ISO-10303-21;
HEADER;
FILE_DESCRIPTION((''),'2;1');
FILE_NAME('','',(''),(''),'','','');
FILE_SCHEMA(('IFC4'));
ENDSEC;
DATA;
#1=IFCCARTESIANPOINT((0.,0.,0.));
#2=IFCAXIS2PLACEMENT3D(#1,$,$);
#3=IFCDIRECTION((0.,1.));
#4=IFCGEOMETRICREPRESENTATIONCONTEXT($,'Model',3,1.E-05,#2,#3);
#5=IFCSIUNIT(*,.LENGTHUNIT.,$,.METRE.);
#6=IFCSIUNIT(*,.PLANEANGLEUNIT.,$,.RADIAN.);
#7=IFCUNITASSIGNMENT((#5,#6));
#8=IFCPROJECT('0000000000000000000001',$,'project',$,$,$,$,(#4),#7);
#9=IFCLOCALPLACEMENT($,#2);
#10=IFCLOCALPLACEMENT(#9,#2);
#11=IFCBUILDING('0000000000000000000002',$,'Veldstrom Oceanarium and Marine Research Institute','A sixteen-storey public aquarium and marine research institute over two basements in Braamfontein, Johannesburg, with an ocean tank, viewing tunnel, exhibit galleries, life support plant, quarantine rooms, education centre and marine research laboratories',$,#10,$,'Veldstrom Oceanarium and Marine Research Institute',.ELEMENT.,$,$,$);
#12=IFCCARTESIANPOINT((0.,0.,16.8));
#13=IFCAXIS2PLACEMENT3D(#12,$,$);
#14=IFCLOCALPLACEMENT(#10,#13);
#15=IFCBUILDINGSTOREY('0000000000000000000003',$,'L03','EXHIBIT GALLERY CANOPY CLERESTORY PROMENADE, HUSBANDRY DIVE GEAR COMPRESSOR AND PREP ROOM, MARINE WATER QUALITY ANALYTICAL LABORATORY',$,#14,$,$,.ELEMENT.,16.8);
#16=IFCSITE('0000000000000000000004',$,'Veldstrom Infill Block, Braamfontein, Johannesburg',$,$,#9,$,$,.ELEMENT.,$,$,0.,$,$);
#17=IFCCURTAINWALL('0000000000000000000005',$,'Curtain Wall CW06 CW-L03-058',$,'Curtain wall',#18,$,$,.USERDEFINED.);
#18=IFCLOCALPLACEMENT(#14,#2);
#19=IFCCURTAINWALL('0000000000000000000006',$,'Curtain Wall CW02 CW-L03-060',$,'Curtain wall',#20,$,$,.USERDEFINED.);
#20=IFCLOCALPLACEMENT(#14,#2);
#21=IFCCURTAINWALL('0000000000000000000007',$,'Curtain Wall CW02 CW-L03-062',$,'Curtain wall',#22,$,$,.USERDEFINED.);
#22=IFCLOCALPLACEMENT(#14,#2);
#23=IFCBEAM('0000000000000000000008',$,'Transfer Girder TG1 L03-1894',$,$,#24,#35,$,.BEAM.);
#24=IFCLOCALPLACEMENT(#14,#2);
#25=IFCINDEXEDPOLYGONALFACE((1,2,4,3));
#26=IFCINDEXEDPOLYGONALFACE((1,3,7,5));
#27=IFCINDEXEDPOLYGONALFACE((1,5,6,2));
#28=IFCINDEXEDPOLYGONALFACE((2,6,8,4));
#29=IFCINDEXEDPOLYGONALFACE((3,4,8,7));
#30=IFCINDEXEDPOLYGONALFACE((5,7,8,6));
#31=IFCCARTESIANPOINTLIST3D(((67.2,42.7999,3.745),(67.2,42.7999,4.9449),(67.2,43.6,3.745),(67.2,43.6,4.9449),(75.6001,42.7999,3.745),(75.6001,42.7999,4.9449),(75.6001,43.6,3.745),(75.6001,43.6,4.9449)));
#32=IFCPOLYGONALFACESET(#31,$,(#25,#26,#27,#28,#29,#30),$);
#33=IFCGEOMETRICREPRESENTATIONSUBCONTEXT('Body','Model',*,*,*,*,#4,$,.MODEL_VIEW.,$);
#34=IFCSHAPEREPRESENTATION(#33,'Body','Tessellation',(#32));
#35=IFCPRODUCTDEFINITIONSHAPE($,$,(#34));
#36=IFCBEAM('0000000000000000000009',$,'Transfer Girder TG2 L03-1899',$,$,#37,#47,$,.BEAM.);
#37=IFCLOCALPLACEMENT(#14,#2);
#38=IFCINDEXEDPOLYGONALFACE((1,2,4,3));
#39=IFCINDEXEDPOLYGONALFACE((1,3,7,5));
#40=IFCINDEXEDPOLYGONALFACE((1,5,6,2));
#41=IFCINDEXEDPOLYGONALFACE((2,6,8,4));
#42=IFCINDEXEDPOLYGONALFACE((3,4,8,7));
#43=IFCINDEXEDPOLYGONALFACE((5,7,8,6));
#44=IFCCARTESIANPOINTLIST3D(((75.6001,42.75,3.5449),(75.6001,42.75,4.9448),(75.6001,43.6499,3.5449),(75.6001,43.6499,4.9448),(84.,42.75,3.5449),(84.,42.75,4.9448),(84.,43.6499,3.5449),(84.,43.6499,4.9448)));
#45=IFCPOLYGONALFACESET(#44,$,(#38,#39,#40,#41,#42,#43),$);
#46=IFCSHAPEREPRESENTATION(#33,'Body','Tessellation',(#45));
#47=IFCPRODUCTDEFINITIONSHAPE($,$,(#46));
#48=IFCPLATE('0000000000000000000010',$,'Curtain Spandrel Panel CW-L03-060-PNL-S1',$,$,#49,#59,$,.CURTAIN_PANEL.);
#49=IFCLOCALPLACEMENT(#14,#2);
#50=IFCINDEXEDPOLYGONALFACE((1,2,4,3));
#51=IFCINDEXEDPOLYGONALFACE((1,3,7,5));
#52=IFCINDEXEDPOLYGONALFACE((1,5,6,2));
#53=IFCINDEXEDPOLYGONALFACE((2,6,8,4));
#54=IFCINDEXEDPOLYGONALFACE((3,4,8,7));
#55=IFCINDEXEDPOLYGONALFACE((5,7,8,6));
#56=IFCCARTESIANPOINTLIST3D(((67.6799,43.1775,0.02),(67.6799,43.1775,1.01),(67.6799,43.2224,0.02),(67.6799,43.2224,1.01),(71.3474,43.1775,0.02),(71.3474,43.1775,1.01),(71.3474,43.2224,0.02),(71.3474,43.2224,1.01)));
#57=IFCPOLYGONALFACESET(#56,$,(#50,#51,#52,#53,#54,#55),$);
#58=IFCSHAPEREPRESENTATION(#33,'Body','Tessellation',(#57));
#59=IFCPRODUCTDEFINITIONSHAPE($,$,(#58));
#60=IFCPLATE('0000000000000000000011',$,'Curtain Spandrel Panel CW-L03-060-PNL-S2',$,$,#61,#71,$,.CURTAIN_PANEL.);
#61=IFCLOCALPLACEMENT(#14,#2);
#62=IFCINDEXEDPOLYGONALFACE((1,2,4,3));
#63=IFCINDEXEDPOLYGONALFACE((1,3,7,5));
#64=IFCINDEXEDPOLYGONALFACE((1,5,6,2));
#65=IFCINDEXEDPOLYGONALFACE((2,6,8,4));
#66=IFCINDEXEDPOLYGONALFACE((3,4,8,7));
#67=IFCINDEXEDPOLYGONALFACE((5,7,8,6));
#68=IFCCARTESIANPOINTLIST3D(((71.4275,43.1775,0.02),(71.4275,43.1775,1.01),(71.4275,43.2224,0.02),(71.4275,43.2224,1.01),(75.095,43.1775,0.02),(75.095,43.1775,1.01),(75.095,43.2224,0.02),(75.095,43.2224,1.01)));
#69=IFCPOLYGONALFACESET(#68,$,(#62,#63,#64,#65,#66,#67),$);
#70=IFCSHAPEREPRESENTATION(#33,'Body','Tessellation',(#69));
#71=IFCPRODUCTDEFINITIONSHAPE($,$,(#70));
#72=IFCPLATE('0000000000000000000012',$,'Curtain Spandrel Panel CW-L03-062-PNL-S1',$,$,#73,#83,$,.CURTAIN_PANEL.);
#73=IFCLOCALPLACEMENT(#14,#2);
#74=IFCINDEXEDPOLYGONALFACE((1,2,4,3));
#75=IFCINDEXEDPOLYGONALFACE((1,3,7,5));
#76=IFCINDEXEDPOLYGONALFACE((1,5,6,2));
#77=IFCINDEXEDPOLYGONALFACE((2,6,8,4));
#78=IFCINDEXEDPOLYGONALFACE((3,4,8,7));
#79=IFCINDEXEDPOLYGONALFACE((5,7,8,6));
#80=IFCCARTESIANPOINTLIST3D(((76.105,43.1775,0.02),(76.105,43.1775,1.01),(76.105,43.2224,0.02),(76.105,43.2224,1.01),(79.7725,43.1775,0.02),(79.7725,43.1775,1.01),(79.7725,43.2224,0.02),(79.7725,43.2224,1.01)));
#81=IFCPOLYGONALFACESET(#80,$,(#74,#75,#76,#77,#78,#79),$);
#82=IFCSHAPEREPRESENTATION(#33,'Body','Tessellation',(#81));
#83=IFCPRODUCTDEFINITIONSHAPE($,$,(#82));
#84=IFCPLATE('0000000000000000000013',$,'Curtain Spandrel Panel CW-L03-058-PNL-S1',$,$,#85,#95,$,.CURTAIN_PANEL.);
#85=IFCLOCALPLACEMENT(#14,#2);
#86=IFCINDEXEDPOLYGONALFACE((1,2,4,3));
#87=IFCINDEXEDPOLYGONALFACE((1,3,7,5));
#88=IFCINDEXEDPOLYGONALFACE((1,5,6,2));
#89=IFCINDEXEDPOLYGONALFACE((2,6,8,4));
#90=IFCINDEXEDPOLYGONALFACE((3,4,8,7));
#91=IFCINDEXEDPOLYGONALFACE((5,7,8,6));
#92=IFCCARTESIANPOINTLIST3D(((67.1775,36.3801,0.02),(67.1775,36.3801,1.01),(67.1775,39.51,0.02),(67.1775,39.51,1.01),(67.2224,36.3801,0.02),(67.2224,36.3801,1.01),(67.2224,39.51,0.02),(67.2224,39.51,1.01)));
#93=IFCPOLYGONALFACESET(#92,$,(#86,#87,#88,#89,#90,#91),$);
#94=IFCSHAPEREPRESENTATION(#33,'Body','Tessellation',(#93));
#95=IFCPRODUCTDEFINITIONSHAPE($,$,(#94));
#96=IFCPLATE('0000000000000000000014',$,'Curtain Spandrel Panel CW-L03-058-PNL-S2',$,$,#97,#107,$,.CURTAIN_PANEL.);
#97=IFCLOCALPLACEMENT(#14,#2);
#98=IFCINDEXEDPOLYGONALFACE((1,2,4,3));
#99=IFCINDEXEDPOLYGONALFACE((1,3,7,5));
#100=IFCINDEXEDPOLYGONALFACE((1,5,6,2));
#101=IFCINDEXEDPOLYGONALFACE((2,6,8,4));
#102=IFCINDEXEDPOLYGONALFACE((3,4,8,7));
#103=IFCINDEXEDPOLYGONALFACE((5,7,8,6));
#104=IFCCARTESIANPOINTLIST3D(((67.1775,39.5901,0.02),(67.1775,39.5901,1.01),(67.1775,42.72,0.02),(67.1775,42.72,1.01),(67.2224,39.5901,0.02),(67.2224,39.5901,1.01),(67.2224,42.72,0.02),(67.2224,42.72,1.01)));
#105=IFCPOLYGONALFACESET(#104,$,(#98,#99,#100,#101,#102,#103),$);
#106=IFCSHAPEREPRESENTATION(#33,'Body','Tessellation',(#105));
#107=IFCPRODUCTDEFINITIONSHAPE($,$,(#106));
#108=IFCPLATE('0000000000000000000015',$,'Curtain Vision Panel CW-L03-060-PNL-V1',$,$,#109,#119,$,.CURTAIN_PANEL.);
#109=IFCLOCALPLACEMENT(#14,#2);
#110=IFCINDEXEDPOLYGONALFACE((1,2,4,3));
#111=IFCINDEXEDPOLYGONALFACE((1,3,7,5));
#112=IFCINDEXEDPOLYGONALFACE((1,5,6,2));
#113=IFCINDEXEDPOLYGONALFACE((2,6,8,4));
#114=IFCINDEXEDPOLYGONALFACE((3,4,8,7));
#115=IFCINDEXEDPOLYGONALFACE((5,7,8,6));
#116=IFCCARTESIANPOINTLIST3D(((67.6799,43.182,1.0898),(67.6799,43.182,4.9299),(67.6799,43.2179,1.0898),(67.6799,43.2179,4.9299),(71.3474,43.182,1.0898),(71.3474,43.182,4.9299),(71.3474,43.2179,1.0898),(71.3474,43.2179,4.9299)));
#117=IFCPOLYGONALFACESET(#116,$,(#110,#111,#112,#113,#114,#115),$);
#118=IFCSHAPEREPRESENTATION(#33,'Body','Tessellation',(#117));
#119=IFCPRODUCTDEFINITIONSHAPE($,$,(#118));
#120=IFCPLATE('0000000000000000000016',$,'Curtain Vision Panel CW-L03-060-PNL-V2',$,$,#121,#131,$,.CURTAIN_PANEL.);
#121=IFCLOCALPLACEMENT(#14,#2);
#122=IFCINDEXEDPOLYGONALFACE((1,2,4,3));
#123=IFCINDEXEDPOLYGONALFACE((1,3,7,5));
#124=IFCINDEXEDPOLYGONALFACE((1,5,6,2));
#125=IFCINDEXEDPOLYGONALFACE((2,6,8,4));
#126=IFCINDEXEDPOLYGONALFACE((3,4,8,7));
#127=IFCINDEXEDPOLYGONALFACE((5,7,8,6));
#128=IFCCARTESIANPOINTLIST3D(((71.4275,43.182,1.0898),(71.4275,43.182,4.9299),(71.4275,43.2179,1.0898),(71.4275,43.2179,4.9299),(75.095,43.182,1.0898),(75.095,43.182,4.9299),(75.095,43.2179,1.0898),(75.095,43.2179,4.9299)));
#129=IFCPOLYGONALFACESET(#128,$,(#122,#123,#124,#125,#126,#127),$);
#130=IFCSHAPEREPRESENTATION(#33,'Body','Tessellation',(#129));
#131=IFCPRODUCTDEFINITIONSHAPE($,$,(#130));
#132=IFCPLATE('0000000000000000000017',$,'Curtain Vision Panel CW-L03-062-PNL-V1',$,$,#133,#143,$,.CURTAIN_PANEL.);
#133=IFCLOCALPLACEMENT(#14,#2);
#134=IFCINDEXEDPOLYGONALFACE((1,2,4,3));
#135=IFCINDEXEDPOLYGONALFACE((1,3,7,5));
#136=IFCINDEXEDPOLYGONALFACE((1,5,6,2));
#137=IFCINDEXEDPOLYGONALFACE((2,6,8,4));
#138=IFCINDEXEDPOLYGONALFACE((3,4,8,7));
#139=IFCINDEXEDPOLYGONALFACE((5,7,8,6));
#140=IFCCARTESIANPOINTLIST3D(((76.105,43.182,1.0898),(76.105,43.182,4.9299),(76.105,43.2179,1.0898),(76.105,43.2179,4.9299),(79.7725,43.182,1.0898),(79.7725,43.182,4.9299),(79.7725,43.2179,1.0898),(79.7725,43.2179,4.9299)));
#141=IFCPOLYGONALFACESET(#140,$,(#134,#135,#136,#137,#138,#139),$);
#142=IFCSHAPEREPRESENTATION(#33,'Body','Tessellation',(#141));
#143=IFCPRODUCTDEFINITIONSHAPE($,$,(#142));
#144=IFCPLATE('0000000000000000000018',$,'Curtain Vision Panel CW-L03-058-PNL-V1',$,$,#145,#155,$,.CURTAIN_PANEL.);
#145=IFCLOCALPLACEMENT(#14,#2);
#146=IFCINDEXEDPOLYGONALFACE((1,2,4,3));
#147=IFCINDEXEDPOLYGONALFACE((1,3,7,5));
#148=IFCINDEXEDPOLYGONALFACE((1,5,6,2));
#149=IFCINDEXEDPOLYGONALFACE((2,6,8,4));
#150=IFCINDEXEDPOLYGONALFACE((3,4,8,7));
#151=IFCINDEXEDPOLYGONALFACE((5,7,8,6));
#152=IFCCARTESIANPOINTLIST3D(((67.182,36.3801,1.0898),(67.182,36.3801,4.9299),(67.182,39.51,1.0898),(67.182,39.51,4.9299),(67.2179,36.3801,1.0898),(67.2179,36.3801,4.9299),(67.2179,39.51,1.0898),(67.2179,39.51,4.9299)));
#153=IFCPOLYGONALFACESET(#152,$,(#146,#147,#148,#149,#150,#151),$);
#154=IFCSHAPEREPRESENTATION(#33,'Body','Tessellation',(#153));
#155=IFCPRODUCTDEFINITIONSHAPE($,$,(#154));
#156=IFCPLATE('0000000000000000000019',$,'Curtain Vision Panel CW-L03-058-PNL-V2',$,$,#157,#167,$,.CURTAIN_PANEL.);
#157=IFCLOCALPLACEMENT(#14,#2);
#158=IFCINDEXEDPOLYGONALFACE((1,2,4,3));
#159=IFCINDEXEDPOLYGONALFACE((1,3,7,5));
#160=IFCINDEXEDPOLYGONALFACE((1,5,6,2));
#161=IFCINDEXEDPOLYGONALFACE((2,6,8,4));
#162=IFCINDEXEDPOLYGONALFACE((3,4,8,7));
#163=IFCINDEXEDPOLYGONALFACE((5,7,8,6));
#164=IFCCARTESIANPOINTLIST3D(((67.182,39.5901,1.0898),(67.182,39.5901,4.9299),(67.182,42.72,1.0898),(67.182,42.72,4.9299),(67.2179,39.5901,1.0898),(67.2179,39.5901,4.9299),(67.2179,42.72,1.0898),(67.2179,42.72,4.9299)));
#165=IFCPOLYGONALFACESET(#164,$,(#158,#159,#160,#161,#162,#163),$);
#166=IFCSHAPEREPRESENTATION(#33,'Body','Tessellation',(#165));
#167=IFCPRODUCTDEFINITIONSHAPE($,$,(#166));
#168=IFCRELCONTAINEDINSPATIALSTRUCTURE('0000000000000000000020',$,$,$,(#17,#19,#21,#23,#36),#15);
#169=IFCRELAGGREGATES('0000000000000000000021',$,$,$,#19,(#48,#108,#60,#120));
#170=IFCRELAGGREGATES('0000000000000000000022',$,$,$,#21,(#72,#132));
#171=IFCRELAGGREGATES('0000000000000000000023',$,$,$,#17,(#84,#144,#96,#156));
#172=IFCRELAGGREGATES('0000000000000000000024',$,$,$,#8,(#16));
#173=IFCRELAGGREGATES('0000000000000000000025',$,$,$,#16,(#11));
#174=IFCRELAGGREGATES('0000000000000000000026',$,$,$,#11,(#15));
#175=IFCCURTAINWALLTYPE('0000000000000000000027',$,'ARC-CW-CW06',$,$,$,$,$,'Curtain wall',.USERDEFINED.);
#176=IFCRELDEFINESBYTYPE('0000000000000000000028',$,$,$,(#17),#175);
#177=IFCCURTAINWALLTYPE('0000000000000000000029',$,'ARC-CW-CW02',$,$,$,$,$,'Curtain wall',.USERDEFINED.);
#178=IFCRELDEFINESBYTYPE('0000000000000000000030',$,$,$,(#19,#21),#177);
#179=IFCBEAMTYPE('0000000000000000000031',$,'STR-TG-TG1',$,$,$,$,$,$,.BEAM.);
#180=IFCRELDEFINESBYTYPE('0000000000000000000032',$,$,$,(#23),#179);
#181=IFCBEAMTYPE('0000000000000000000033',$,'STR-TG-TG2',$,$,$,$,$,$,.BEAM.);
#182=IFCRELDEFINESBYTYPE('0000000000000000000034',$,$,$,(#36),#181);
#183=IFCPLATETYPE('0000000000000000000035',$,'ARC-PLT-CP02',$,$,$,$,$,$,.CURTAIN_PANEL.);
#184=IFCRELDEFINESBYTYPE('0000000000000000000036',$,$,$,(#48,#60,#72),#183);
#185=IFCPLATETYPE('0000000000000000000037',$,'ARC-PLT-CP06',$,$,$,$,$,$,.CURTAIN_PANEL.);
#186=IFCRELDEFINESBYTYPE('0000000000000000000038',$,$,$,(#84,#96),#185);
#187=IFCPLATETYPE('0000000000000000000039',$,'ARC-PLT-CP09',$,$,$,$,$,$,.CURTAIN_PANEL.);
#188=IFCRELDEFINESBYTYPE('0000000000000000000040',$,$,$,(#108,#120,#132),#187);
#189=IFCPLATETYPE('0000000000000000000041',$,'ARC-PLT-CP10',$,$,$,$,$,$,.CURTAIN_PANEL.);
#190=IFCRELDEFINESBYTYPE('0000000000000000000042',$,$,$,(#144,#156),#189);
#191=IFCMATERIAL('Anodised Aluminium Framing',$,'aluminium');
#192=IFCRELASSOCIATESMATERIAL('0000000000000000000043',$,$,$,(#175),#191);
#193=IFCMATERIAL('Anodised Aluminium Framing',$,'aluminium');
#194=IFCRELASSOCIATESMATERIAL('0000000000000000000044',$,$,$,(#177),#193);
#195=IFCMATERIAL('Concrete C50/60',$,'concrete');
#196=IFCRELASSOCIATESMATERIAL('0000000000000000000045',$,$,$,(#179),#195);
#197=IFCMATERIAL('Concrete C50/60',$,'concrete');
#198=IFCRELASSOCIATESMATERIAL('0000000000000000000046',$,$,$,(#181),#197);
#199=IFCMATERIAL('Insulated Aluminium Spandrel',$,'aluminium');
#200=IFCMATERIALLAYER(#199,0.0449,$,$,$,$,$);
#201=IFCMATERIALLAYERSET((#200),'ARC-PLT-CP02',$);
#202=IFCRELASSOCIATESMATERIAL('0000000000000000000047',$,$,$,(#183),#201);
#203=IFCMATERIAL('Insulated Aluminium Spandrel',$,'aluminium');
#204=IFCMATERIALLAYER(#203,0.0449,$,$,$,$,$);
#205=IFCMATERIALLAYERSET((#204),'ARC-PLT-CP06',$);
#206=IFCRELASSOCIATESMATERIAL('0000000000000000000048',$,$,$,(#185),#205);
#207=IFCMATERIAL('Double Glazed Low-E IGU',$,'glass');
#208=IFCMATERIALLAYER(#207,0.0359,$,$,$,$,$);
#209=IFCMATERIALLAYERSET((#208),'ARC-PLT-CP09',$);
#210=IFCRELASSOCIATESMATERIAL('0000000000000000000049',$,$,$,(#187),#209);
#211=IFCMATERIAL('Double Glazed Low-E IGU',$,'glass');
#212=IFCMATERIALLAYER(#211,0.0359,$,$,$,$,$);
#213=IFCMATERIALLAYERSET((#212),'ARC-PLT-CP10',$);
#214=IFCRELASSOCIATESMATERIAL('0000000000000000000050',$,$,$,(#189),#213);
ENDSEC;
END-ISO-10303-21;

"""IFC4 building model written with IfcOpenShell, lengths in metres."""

from ifc_helpers import new_model, si_unit, direction, frame, origin, origin_2d, place, context, subcontext, project, spatial, rectangle, extrude, material, layer, layer_set, material_profile, profile_set, type_object, element, aggregate, save


model = new_model("IFC4")

# Units and contexts
model_context = context("Model", 3, precision=1e-05, world=origin(), true_north=direction((0.0, 1.0)))
body_context = subcontext(model_context, "Body", "Model", "MODEL_VIEW")
ifc_project = project(units=[si_unit("LENGTHUNIT", "METRE"), si_unit("PLANEANGLEUNIT", "RADIAN")], contexts=[model_context])

# Site, building, storey
site_placement = place(None, origin())
site = spatial("IfcSite", under=ifc_project, at=site_placement, Name="Veldstrom Infill Block, Braamfontein, Johannesburg", CompositionType="ELEMENT", RefElevation=0.0)
building_placement = place(site_placement, origin())
building = spatial("IfcBuilding", under=site, at=building_placement, Name="Veldstrom Oceanarium and Marine Research Institute", Description="A sixteen-storey public aquarium and marine research institute over two basements in Braamfontein, Johannesburg, with an ocean tank, viewing tunnel, exhibit galleries, life support plant, quarantine rooms, education centre and marine research laboratories", LongName="Veldstrom Oceanarium and Marine Research Institute", CompositionType="ELEMENT")
storey_placement = place(building_placement, frame((0.0, 0.0, 16.8)))
storey = spatial("IfcBuildingStorey", under=building, at=storey_placement, Name="L03", Description="EXHIBIT GALLERY CANOPY CLERESTORY PROMENADE, HUSBANDRY DIVE GEAR COMPRESSOR AND PREP ROOM, MARINE WATER QUALITY ANALYTICAL LABORATORY", CompositionType="ELEMENT", Elevation=16.8)

# Curtain walls
ifc_material_1 = material(Name="Anodised Aluminium Framing", Category="aluminium")
curtain_wall_type_1 = type_object("IfcCurtainWallType", Name="ARC-CW-CW06", ElementType="Curtain wall", PredefinedType="USERDEFINED", material=ifc_material_1)
curtain_wall_1_placement = place(storey_placement, origin())
curtain_wall_1 = element("IfcCurtainWall", 1, at=curtain_wall_1_placement, inside=storey, type_object=curtain_wall_type_1, Name="Curtain Wall CW06 CW-L03-058", ObjectType="Curtain wall", PredefinedType="USERDEFINED")
ifc_material_2 = material(Name="Anodised Aluminium Framing", Category="aluminium")
curtain_wall_type_2 = type_object("IfcCurtainWallType", Name="ARC-CW-CW02", ElementType="Curtain wall", PredefinedType="USERDEFINED", material=ifc_material_2)
curtain_wall_2_placement = place(storey_placement, origin())
curtain_wall_2 = element("IfcCurtainWall", 2, at=curtain_wall_2_placement, inside=storey, type_object=curtain_wall_type_2, Name="Curtain Wall CW02 CW-L03-060", ObjectType="Curtain wall", PredefinedType="USERDEFINED")
curtain_wall_3_placement = place(storey_placement, origin())
curtain_wall_3 = element("IfcCurtainWall", 3, at=curtain_wall_3_placement, inside=storey, type_object=curtain_wall_type_2, Name="Curtain Wall CW02 CW-L03-062", ObjectType="Curtain wall", PredefinedType="USERDEFINED")

# Beams
ifc_material_3 = material(Name="Concrete C50/60", Category="concrete")
ifc_material_profile_1 = material_profile(ifc_material_3, rectangle(XDim=0.8, YDim=1.2, at=origin_2d()), Name="RC-TG-800x1200")
ifc_profile_set_1 = profile_set([ifc_material_profile_1], Name="Concrete C50/60")
beam_type_1 = type_object("IfcBeamType", Name="STR-TG-TG1", PredefinedType="BEAM", material=ifc_profile_set_1)
beam_1_placement = place(storey_placement, frame((67.2, 43.2, 4.345), z_axis=(1.0, 0.0, 0.0), x_axis=(0.0, 1.0, 0.0)))
element("IfcBeam", 4, at=beam_1_placement, inside=storey, type_object=beam_type_1, Name="Transfer Girder TG1 L03-1894", PredefinedType="BEAM", context=body_context, shape_type="SweptSolid", body=[
    extrude(rectangle(XDim=0.8, YDim=1.2, at=origin_2d()), origin(), (0.0, 0.0, 1.0), 8.4001),
])
ifc_material_4 = material(Name="Concrete C50/60", Category="concrete")
ifc_material_profile_2 = material_profile(ifc_material_4, rectangle(XDim=0.8999, YDim=1.3999, at=origin_2d()), Name="RC-TG-900x1400")
ifc_profile_set_2 = profile_set([ifc_material_profile_2], Name="Concrete C50/60")
beam_type_2 = type_object("IfcBeamType", Name="STR-TG-TG2", PredefinedType="BEAM", material=ifc_profile_set_2)
beam_2_placement = place(storey_placement, frame((75.6001, 43.2, 4.2449), z_axis=(1.0, 0.0, 0.0), x_axis=(0.0, 1.0, 0.0)))
element("IfcBeam", 5, at=beam_2_placement, inside=storey, type_object=beam_type_2, Name="Transfer Girder TG2 L03-1899", PredefinedType="BEAM", context=body_context, shape_type="SweptSolid", body=[
    extrude(rectangle(XDim=0.8999, YDim=1.3999, at=origin_2d()), origin(), (0.0, 0.0, 1.0), 8.3999),
])

# Plates
ifc_material_5 = material(Name="Insulated Aluminium Spandrel", Category="aluminium")
ifc_layer_1 = layer(ifc_material_5, 0.0449)
ifc_layer_set_1 = layer_set([ifc_layer_1], Name="ARC-PLT-CP02")
plate_type_1 = type_object("IfcPlateType", Name="ARC-PLT-CP02", PredefinedType="CURTAIN_PANEL", material=ifc_layer_set_1)
plate_1_placement = place(storey_placement, frame((69.5137, 43.2, 0.02), z_axis=(0.0, 0.0, 1.0), x_axis=(1.0, 0.0, 0.0)))
plate_1 = element("IfcPlate", 6, at=plate_1_placement, type_object=plate_type_1, Name="Curtain Spandrel Panel CW-L03-060-PNL-S1", PredefinedType="CURTAIN_PANEL", context=body_context, shape_type="SweptSolid", body=[
    extrude(rectangle(XDim=3.6675, YDim=0.0449, at=origin_2d()), origin(), (0.0, 0.0, 1.0), 0.99),
])
plate_2_placement = place(storey_placement, frame((73.2612, 43.2, 0.02), z_axis=(0.0, 0.0, 1.0), x_axis=(1.0, 0.0, 0.0)))
plate_2 = element("IfcPlate", 7, at=plate_2_placement, type_object=plate_type_1, Name="Curtain Spandrel Panel CW-L03-060-PNL-S2", PredefinedType="CURTAIN_PANEL", context=body_context, shape_type="SweptSolid", body=[
    extrude(rectangle(XDim=3.6675, YDim=0.0449, at=origin_2d()), origin(), (0.0, 0.0, 1.0), 0.99),
])
plate_3_placement = place(storey_placement, frame((77.9387, 43.2, 0.02), z_axis=(0.0, 0.0, 1.0), x_axis=(1.0, 0.0, 0.0)))
plate_3 = element("IfcPlate", 8, at=plate_3_placement, type_object=plate_type_1, Name="Curtain Spandrel Panel CW-L03-062-PNL-S1", PredefinedType="CURTAIN_PANEL", context=body_context, shape_type="SweptSolid", body=[
    extrude(rectangle(XDim=3.6675, YDim=0.0449, at=origin_2d()), origin(), (0.0, 0.0, 1.0), 0.99),
])
ifc_material_6 = material(Name="Insulated Aluminium Spandrel", Category="aluminium")
ifc_layer_2 = layer(ifc_material_6, 0.0449)
ifc_layer_set_2 = layer_set([ifc_layer_2], Name="ARC-PLT-CP06")
plate_type_2 = type_object("IfcPlateType", Name="ARC-PLT-CP06", PredefinedType="CURTAIN_PANEL", material=ifc_layer_set_2)
plate_4_placement = place(storey_placement, frame((67.2, 37.9451, 0.02), z_axis=(0.0, 0.0, 1.0), x_axis=(0.0, 1.0, 0.0)))
plate_4 = element("IfcPlate", 9, at=plate_4_placement, type_object=plate_type_2, Name="Curtain Spandrel Panel CW-L03-058-PNL-S1", PredefinedType="CURTAIN_PANEL", context=body_context, shape_type="SweptSolid", body=[
    extrude(rectangle(XDim=3.1299, YDim=0.0449, at=origin_2d()), origin(), (0.0, 0.0, 1.0), 0.99),
])
plate_5_placement = place(storey_placement, frame((67.2, 41.155, 0.02), z_axis=(0.0, 0.0, 1.0), x_axis=(0.0, 1.0, 0.0)))
plate_5 = element("IfcPlate", 10, at=plate_5_placement, type_object=plate_type_2, Name="Curtain Spandrel Panel CW-L03-058-PNL-S2", PredefinedType="CURTAIN_PANEL", context=body_context, shape_type="SweptSolid", body=[
    extrude(rectangle(XDim=3.1299, YDim=0.0449, at=origin_2d()), origin(), (0.0, 0.0, 1.0), 0.99),
])
ifc_material_7 = material(Name="Double Glazed Low-E IGU", Category="glass")
ifc_layer_3 = layer(ifc_material_7, 0.0359)
ifc_layer_set_3 = layer_set([ifc_layer_3], Name="ARC-PLT-CP09")
plate_type_3 = type_object("IfcPlateType", Name="ARC-PLT-CP09", PredefinedType="CURTAIN_PANEL", material=ifc_layer_set_3)
plate_6_placement = place(storey_placement, frame((69.5137, 43.2, 1.0898), z_axis=(0.0, 0.0, 1.0), x_axis=(1.0, 0.0, 0.0)))
plate_6 = element("IfcPlate", 11, at=plate_6_placement, type_object=plate_type_3, Name="Curtain Vision Panel CW-L03-060-PNL-V1", PredefinedType="CURTAIN_PANEL", context=body_context, shape_type="SweptSolid", body=[
    extrude(rectangle(XDim=3.6675, YDim=0.0359, at=origin_2d()), origin(), (0.0, 0.0, 1.0), 3.8401),
])
plate_7_placement = place(storey_placement, frame((73.2612, 43.2, 1.0898), z_axis=(0.0, 0.0, 1.0), x_axis=(1.0, 0.0, 0.0)))
plate_7 = element("IfcPlate", 12, at=plate_7_placement, type_object=plate_type_3, Name="Curtain Vision Panel CW-L03-060-PNL-V2", PredefinedType="CURTAIN_PANEL", context=body_context, shape_type="SweptSolid", body=[
    extrude(rectangle(XDim=3.6675, YDim=0.0359, at=origin_2d()), origin(), (0.0, 0.0, 1.0), 3.8401),
])
aggregate(curtain_wall_2, [plate_1, plate_6, plate_2, plate_7])
plate_8_placement = place(storey_placement, frame((77.9387, 43.2, 1.0898), z_axis=(0.0, 0.0, 1.0), x_axis=(1.0, 0.0, 0.0)))
plate_8 = element("IfcPlate", 13, at=plate_8_placement, type_object=plate_type_3, Name="Curtain Vision Panel CW-L03-062-PNL-V1", PredefinedType="CURTAIN_PANEL", context=body_context, shape_type="SweptSolid", body=[
    extrude(rectangle(XDim=3.6675, YDim=0.0359, at=origin_2d()), origin(), (0.0, 0.0, 1.0), 3.8401),
])
aggregate(curtain_wall_3, [plate_3, plate_8])
ifc_material_8 = material(Name="Double Glazed Low-E IGU", Category="glass")
ifc_layer_4 = layer(ifc_material_8, 0.0359)
ifc_layer_set_4 = layer_set([ifc_layer_4], Name="ARC-PLT-CP10")
plate_type_4 = type_object("IfcPlateType", Name="ARC-PLT-CP10", PredefinedType="CURTAIN_PANEL", material=ifc_layer_set_4)
plate_9_placement = place(storey_placement, frame((67.2, 37.9451, 1.0898), z_axis=(0.0, 0.0, 1.0), x_axis=(0.0, 1.0, 0.0)))
plate_9 = element("IfcPlate", 14, at=plate_9_placement, type_object=plate_type_4, Name="Curtain Vision Panel CW-L03-058-PNL-V1", PredefinedType="CURTAIN_PANEL", context=body_context, shape_type="SweptSolid", body=[
    extrude(rectangle(XDim=3.1299, YDim=0.0359, at=origin_2d()), origin(), (0.0, 0.0, 1.0), 3.8401),
])
plate_10_placement = place(storey_placement, frame((67.2, 41.155, 1.0898), z_axis=(0.0, 0.0, 1.0), x_axis=(0.0, 1.0, 0.0)))
plate_10 = element("IfcPlate", 15, at=plate_10_placement, type_object=plate_type_4, Name="Curtain Vision Panel CW-L03-058-PNL-V2", PredefinedType="CURTAIN_PANEL", context=body_context, shape_type="SweptSolid", body=[
    extrude(rectangle(XDim=3.1299, YDim=0.0359, at=origin_2d()), origin(), (0.0, 0.0, 1.0), 3.8401),
])
aggregate(curtain_wall_1, [plate_4, plate_9, plate_5, plate_10])

save(model, "model.ifc")
